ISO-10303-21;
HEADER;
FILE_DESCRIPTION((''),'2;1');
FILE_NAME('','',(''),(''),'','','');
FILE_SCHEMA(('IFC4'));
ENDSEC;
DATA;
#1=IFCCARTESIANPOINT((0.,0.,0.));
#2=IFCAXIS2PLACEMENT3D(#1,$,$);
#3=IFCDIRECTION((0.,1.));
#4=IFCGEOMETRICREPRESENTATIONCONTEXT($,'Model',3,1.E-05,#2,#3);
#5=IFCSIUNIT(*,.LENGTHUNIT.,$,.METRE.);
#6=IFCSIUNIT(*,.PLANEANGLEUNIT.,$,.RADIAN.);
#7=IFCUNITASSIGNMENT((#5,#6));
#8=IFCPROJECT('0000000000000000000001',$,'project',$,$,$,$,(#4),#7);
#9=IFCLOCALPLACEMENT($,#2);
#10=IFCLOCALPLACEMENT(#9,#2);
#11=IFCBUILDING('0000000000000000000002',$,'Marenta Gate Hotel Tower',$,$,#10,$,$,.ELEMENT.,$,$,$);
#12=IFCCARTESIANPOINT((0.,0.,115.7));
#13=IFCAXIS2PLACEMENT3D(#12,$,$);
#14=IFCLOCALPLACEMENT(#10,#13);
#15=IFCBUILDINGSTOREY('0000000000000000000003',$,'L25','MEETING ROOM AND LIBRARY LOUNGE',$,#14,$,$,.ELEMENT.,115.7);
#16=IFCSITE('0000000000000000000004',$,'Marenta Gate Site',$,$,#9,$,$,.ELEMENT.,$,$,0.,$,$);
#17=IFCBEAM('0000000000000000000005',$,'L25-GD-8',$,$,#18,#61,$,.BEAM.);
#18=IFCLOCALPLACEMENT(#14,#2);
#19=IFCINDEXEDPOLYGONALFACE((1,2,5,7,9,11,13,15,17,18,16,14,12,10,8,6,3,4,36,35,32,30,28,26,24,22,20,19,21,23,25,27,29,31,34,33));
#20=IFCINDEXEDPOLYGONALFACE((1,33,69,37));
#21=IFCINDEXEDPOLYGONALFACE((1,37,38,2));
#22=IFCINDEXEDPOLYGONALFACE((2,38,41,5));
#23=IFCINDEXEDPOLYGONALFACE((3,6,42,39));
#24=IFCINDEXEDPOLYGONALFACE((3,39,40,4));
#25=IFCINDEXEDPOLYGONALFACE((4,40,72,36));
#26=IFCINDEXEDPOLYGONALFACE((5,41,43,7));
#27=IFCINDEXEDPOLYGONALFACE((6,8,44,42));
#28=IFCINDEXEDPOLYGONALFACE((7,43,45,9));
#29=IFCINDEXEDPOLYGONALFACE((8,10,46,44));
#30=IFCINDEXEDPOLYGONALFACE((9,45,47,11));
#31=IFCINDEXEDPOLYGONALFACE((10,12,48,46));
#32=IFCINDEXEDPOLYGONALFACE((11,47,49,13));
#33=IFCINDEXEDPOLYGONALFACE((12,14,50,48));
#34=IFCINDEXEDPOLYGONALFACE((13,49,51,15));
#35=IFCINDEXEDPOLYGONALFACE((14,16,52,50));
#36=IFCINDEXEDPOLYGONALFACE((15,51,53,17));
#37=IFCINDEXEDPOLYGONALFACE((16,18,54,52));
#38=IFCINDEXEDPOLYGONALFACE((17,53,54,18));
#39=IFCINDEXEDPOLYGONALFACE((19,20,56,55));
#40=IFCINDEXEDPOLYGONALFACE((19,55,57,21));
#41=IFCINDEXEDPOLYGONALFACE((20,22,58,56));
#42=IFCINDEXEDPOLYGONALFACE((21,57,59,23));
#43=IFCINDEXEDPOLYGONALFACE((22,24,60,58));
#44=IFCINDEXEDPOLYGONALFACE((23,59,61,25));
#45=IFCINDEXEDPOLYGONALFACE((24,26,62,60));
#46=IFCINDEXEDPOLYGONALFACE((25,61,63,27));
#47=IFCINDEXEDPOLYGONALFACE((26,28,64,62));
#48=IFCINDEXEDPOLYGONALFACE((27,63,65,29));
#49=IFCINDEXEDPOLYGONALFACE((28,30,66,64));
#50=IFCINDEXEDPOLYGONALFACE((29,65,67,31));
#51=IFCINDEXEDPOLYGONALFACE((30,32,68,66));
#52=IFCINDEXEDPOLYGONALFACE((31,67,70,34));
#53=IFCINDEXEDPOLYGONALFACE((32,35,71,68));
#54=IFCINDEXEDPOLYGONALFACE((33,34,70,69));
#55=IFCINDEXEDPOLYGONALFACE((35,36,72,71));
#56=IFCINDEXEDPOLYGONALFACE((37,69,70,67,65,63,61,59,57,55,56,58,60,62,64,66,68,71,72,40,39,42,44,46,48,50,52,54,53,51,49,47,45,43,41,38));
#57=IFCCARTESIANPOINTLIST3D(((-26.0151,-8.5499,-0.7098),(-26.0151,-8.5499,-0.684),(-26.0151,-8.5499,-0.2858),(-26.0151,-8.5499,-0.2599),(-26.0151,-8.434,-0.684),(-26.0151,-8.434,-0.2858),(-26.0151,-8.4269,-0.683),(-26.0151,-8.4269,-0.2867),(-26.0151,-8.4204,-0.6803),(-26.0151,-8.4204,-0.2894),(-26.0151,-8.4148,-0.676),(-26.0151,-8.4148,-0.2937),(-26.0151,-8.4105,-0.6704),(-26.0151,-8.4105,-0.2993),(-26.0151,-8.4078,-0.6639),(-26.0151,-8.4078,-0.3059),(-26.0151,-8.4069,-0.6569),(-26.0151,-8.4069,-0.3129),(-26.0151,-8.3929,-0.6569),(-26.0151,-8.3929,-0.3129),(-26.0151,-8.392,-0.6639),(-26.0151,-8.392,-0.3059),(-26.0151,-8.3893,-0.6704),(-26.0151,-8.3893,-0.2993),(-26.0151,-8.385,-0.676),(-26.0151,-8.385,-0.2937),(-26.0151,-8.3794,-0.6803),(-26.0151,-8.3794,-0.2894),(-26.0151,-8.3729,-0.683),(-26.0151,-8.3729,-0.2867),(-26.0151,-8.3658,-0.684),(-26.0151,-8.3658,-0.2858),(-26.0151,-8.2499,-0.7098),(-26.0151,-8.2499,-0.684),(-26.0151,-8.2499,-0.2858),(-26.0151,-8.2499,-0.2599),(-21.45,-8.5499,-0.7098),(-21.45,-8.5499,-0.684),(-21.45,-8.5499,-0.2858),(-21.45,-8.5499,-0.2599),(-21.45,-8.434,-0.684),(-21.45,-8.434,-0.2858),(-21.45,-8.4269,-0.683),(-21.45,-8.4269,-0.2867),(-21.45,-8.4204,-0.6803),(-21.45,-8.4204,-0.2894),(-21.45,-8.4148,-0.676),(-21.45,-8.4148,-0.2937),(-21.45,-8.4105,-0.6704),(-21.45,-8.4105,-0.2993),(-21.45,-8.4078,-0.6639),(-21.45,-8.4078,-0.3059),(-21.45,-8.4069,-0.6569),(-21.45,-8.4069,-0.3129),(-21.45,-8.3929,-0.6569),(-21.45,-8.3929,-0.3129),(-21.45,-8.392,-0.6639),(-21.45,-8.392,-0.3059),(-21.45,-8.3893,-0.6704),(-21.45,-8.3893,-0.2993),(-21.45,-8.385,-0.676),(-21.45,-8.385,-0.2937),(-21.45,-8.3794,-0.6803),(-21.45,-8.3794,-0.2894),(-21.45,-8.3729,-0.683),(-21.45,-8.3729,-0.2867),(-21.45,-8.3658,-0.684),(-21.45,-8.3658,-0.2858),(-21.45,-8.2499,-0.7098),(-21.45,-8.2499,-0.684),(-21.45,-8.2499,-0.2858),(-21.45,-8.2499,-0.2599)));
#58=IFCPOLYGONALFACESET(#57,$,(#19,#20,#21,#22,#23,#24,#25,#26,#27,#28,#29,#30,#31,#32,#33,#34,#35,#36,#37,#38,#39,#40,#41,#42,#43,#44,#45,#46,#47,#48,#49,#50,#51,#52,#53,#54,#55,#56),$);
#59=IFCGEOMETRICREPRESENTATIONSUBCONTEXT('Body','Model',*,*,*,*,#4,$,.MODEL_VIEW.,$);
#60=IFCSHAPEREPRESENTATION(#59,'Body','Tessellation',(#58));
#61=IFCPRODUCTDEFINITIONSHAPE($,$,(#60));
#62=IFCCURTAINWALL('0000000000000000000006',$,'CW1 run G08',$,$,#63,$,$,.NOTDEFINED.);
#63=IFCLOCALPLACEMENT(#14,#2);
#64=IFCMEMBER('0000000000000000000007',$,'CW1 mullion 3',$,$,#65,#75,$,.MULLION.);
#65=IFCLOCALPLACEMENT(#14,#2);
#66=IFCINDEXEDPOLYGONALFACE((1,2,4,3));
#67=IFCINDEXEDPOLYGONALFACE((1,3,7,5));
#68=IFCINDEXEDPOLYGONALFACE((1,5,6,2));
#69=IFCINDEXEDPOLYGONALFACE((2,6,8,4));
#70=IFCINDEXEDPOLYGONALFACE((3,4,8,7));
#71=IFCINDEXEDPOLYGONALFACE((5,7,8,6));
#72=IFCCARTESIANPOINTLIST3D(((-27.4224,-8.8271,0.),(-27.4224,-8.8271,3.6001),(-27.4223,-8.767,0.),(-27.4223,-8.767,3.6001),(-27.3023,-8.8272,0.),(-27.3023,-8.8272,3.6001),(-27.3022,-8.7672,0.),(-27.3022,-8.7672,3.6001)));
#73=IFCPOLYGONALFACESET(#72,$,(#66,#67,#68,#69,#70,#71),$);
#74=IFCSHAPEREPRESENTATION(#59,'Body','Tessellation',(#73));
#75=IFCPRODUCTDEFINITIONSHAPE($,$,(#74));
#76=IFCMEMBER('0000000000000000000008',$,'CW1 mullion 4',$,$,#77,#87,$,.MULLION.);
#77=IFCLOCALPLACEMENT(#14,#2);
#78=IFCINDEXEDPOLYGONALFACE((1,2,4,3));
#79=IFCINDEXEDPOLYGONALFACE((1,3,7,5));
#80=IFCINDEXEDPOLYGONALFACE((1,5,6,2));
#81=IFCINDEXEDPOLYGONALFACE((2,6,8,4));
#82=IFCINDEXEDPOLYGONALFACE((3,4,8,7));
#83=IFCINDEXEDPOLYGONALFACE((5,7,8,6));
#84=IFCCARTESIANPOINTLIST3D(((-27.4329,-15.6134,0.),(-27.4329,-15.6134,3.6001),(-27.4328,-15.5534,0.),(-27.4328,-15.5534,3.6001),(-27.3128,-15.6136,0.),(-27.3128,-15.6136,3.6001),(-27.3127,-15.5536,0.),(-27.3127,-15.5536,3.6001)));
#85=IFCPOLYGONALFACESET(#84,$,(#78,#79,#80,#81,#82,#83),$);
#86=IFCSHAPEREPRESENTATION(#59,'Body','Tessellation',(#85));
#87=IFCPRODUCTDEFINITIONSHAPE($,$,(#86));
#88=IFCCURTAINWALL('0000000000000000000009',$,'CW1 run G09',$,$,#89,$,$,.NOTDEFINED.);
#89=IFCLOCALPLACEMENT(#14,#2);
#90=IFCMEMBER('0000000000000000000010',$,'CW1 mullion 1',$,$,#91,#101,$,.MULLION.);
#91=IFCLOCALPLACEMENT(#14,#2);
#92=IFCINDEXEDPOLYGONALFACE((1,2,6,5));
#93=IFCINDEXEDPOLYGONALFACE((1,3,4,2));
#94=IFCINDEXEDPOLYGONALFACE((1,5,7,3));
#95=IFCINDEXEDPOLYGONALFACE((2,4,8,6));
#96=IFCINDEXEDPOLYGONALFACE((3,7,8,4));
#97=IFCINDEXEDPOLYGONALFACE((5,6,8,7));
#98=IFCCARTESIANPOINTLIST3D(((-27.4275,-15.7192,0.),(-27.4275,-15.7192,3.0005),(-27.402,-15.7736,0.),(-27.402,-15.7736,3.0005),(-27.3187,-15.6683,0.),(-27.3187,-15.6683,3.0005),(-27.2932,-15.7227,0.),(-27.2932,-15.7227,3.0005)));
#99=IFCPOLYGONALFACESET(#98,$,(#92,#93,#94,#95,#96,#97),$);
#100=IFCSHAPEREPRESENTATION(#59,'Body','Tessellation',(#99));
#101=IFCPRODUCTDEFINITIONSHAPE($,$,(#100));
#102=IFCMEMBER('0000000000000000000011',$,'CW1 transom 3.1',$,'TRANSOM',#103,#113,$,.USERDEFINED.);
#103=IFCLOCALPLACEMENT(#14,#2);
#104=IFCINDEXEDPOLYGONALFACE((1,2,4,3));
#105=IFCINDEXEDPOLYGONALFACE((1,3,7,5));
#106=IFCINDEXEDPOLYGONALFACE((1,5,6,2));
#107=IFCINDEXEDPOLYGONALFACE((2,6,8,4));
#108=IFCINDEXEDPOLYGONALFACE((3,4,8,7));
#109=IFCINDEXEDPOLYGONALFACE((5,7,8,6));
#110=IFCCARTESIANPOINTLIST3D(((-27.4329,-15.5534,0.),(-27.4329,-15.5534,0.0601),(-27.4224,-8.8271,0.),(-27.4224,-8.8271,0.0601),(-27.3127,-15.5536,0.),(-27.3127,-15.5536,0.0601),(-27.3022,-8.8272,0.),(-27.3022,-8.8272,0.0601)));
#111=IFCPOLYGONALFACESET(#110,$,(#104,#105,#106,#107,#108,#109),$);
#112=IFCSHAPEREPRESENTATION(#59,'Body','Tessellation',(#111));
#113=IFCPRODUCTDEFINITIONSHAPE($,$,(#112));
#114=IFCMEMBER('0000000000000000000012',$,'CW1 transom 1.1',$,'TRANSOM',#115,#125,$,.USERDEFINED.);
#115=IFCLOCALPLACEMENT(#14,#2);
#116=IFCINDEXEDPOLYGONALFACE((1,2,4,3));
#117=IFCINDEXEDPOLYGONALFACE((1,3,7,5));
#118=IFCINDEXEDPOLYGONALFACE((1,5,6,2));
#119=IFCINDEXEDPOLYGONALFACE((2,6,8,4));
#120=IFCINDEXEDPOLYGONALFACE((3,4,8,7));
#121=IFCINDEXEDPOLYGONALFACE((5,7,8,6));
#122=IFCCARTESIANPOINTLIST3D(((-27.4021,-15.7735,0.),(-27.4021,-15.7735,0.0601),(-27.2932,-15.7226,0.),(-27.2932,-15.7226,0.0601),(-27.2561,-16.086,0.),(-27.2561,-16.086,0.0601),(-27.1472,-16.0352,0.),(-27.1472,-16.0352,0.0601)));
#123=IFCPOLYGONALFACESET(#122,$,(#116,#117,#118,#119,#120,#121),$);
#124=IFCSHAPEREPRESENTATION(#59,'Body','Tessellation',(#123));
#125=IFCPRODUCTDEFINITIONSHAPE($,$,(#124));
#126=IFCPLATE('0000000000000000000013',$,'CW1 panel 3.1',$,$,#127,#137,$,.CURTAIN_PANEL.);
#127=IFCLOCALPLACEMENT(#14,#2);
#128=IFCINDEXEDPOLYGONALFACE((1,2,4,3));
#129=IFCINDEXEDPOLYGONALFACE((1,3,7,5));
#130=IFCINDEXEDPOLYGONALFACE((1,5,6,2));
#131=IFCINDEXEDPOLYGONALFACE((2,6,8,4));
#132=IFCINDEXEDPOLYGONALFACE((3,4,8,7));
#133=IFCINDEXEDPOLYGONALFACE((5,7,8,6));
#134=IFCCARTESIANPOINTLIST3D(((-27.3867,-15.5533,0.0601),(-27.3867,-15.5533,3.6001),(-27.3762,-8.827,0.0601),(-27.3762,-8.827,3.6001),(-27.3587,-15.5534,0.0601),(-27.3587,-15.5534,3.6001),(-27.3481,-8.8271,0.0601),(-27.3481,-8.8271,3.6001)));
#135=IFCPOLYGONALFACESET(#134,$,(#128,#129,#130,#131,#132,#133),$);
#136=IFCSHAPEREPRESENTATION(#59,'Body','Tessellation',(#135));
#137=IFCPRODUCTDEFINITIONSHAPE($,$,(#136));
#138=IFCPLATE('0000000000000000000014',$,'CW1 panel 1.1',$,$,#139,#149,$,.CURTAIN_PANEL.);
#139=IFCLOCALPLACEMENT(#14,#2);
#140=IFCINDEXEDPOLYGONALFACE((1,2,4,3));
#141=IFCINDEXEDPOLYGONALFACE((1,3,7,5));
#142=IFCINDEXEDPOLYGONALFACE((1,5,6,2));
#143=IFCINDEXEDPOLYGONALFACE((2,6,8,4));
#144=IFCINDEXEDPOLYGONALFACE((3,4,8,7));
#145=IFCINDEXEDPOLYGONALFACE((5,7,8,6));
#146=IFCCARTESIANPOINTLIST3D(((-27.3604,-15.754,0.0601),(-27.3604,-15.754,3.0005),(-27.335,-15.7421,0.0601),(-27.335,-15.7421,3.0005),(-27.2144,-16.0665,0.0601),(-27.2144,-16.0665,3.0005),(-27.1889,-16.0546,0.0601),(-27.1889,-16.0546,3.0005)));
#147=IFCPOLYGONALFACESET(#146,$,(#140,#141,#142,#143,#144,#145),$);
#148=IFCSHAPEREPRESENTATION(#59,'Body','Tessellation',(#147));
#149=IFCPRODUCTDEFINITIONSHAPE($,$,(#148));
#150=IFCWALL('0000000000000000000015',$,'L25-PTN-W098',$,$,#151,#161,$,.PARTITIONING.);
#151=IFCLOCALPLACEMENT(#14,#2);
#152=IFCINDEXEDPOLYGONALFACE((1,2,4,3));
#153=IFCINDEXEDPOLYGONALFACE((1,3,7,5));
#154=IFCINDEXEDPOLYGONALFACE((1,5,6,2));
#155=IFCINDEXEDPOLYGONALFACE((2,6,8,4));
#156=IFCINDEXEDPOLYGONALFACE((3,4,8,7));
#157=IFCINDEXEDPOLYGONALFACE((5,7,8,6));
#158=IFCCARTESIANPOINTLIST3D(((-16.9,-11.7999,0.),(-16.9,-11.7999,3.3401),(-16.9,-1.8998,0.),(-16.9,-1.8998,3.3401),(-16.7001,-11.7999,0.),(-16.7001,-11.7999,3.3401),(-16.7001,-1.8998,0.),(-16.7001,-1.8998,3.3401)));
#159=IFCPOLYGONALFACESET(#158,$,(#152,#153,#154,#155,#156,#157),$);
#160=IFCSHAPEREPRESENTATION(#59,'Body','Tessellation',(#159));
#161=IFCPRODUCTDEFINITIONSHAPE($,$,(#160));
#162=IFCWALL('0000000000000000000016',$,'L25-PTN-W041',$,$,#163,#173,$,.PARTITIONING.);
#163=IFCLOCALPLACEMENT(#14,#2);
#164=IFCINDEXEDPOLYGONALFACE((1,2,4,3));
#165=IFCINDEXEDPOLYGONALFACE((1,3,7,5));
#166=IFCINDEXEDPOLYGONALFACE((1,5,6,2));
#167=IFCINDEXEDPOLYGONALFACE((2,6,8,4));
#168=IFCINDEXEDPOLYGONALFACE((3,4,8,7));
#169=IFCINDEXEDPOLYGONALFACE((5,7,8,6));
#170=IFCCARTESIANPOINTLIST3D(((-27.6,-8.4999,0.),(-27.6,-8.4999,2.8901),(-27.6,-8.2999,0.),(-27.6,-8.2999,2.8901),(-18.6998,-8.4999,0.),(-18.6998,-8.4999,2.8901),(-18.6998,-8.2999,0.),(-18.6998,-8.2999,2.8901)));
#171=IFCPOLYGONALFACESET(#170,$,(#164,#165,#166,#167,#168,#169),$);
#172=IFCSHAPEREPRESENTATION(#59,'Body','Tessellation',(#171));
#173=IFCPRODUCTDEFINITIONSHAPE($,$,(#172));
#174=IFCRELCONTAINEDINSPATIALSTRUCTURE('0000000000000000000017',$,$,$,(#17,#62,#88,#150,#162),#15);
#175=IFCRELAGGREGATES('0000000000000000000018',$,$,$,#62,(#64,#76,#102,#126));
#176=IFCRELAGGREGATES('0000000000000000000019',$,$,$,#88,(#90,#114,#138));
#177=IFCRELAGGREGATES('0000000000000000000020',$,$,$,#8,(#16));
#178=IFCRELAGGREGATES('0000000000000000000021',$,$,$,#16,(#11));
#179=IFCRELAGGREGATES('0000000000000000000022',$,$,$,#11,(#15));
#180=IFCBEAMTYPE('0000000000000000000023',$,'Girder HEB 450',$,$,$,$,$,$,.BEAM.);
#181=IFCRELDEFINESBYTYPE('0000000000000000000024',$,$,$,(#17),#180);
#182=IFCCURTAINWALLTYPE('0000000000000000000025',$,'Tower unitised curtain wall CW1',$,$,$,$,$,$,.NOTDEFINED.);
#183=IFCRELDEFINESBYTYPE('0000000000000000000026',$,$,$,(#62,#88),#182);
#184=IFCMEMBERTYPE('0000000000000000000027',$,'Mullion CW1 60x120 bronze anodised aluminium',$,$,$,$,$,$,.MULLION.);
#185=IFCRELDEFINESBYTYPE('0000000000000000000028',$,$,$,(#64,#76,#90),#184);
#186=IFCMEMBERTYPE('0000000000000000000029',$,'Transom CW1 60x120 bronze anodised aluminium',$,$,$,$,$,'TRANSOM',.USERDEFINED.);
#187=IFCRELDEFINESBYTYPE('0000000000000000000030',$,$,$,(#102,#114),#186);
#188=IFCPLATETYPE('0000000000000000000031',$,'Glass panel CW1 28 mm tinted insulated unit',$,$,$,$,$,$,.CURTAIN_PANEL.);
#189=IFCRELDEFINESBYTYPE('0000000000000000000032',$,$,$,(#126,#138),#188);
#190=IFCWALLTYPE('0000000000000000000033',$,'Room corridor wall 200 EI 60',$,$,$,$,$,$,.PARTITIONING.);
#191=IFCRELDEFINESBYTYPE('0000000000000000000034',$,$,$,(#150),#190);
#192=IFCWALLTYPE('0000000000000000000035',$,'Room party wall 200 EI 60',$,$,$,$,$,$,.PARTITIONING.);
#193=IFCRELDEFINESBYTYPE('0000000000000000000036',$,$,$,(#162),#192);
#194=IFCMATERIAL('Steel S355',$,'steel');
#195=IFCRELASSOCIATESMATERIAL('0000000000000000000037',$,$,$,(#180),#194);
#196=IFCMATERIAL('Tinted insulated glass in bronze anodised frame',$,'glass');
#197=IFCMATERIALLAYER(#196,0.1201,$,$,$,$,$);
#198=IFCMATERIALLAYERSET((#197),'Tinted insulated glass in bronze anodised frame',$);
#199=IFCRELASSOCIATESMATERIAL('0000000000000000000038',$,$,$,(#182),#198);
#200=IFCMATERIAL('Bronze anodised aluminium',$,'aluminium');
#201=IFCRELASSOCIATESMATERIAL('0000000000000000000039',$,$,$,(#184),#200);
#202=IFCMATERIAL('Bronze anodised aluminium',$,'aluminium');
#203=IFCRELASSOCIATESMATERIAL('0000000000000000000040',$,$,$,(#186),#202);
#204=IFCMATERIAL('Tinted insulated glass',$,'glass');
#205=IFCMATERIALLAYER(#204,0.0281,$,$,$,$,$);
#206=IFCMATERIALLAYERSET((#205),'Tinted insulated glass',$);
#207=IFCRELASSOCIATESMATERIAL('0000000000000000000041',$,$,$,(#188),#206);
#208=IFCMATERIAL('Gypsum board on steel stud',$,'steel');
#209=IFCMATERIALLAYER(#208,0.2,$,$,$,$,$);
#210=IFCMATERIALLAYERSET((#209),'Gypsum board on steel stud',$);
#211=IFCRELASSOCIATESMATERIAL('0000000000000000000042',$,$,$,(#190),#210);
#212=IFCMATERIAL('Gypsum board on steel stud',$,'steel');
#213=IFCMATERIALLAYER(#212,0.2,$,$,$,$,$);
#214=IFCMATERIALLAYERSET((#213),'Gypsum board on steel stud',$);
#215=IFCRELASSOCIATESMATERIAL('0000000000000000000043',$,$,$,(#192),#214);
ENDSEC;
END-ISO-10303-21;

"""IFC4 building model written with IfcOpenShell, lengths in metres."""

from ifc_helpers import new_model, si_unit, direction, frame, frame_2d, origin, origin_2d, place, context, subcontext, project, spatial, rectangle, i_section, extrude, material, layer, layer_set, material_profile, profile_set, type_object, element, aggregate, save


model = new_model("IFC4")

# Units and contexts
model_context = context("Model", 3, precision=1e-05, world=origin(), true_north=direction((0.0, 1.0)))
body_context = subcontext(model_context, "Body", "Model", "MODEL_VIEW")
ifc_project = project(units=[si_unit("LENGTHUNIT", "METRE"), si_unit("PLANEANGLEUNIT", "RADIAN")], contexts=[model_context])

# Site, building, storey
site_placement = place(None, origin())
site = spatial("IfcSite", under=ifc_project, at=site_placement, Name="Marenta Gate Site", CompositionType="ELEMENT", RefElevation=0.0)
building_placement = place(site_placement, origin())
building = spatial("IfcBuilding", under=site, at=building_placement, Name="Marenta Gate Hotel Tower", CompositionType="ELEMENT")
storey_placement = place(building_placement, frame((0.0, 0.0, 115.7)))
storey = spatial("IfcBuildingStorey", under=building, at=storey_placement, Name="L25", Description="MEETING ROOM AND LIBRARY LOUNGE", CompositionType="ELEMENT", Elevation=115.7)

# Beam
ifc_material_1 = material(Name="Steel S355", Category="steel")
ifc_material_profile_1 = material_profile(ifc_material_1, i_section(OverallWidth=0.3, OverallDepth=0.45, WebThickness=0.0139, FlangeThickness=0.0259, FilletRadius=0.0271, at=origin_2d()), Name="HEB 450")
ifc_profile_set_1 = profile_set([ifc_material_profile_1], Name="Steel S355")
beam_type_1 = type_object("IfcBeamType", Name="Girder HEB 450", PredefinedType="BEAM", material=ifc_profile_set_1)
beam_1_placement = place(storey_placement, frame((-26.0151, -8.3999, -0.4849), z_axis=(1.0, 0.0, 0.0), x_axis=(0.0, 1.0, 0.0)))
element("IfcBeam", 1, at=beam_1_placement, inside=storey, type_object=beam_type_1, Name="L25-GD-8", PredefinedType="BEAM", context=body_context, shape_type="SweptSolid", body=[
    extrude(i_section(OverallWidth=0.3, OverallDepth=0.45, WebThickness=0.0139, FlangeThickness=0.0259, FilletRadius=0.0271, at=origin_2d()), origin(), (0.0, 0.0, 1.0), 4.5652),
])

# Curtain wall, members
ifc_material_2 = material(Name="Tinted insulated glass in bronze anodised frame", Category="glass")
ifc_layer_1 = layer(ifc_material_2, 0.1201)
ifc_layer_set_1 = layer_set([ifc_layer_1], Name="Tinted insulated glass in bronze anodised frame")
curtain_wall_type = type_object("IfcCurtainWallType", Name="Tower unitised curtain wall CW1", PredefinedType="NOTDEFINED", material=ifc_layer_set_1)
curtain_wall_1_placement = place(storey_placement, origin())
curtain_wall_1 = element("IfcCurtainWall", 2, at=curtain_wall_1_placement, inside=storey, type_object=curtain_wall_type, Name="CW1 run G08", PredefinedType="NOTDEFINED")
ifc_material_3 = material(Name="Bronze anodised aluminium", Category="aluminium")
ifc_material_profile_2 = material_profile(ifc_material_3, rectangle(XDim=0.1201, YDim=0.0601, at=origin_2d()), Name="Mullion CW1 60x120 bronze anodised aluminium")
ifc_profile_set_2 = profile_set([ifc_material_profile_2], Name="Bronze anodised aluminium")
member_type_1 = type_object("IfcMemberType", Name="Mullion CW1 60x120 bronze anodised aluminium", PredefinedType="MULLION", material=ifc_profile_set_2)
member_1_placement = place(storey_placement, frame((-27.3623, -8.7971, 0.0), z_axis=(0.0, 0.0, 1.0), x_axis=(0.999999, -0.001565, 0.0)))
member_1 = element("IfcMember", 3, at=member_1_placement, type_object=member_type_1, Name="CW1 mullion 3", PredefinedType="MULLION", context=body_context, shape_type="SweptSolid", body=[
    extrude(rectangle(XDim=0.1201, YDim=0.0601, at=origin_2d()), origin(), (0.0, 0.0, 1.0), 3.6001),
])
member_2_placement = place(storey_placement, frame((-27.3728, -15.5835, 0.0), z_axis=(0.0, 0.0, 1.0), x_axis=(0.999999, -0.001565, 0.0)))
member_2 = element("IfcMember", 4, at=member_2_placement, type_object=member_type_1, Name="CW1 mullion 4", PredefinedType="MULLION", context=body_context, shape_type="SweptSolid", body=[
    extrude(rectangle(XDim=0.1201, YDim=0.0601, at=origin_2d()), origin(), (0.0, 0.0, 1.0), 3.6001),
])

# Curtain wall, member
curtain_wall_2_placement = place(storey_placement, origin())
curtain_wall_2 = element("IfcCurtainWall", 5, at=curtain_wall_2_placement, inside=storey, type_object=curtain_wall_type, Name="CW1 run G09", PredefinedType="NOTDEFINED")
member_3_placement = place(storey_placement, frame((-27.3604, -15.7209, 0.0), z_axis=(0.0, 0.0, 1.0), x_axis=(0.905968, 0.423345, 0.0)))
member_3 = element("IfcMember", 6, at=member_3_placement, type_object=member_type_1, Name="CW1 mullion 1", PredefinedType="MULLION", context=body_context, shape_type="SweptSolid", body=[
    extrude(rectangle(XDim=0.1201, YDim=0.0601, at=origin_2d()), origin(), (0.0, 0.0, 1.0), 3.0005),
])

# Members
ifc_material_4 = material(Name="Bronze anodised aluminium", Category="aluminium")
ifc_material_profile_3 = material_profile(ifc_material_4, rectangle(XDim=0.1201, YDim=0.0601, at=origin_2d()), Name="Transom CW1 60x120 bronze anodised aluminium")
ifc_profile_set_3 = profile_set([ifc_material_profile_3], Name="Bronze anodised aluminium")
member_type_2 = type_object("IfcMemberType", Name="Transom CW1 60x120 bronze anodised aluminium", ElementType="TRANSOM", PredefinedType="USERDEFINED", material=ifc_profile_set_3)
member_4_placement = place(storey_placement, frame((-27.3623, -8.8271, 0.03), z_axis=(-0.001561, -0.999999, 0.0), x_axis=(0.999999, -0.001561, 0.0)))
member_4 = element("IfcMember", 7, at=member_4_placement, type_object=member_type_2, Name="CW1 transom 3.1", ObjectType="TRANSOM", PredefinedType="USERDEFINED", context=body_context, shape_type="SweptSolid", body=[
    extrude(rectangle(XDim=0.1201, YDim=0.0601, at=origin_2d()), origin(), (0.0, 0.0, 1.0), 6.7263),
])
member_5_placement = place(storey_placement, frame((-27.3477, -15.748, 0.03), z_axis=(0.423273, -0.906002, 0.0), x_axis=(0.906002, 0.423273, 0.0)))
member_5 = element("IfcMember", 8, at=member_5_placement, type_object=member_type_2, Name="CW1 transom 1.1", ObjectType="TRANSOM", PredefinedType="USERDEFINED", context=body_context, shape_type="SweptSolid", body=[
    extrude(rectangle(XDim=0.1201, YDim=0.0601, at=origin_2d()), origin(), (0.0, 0.0, 1.0), 0.345),
])

# Plates
ifc_material_5 = material(Name="Tinted insulated glass", Category="glass")
ifc_layer_2 = layer(ifc_material_5, 0.0281)
ifc_layer_set_2 = layer_set([ifc_layer_2], Name="Tinted insulated glass")
plate_type = type_object("IfcPlateType", Name="Glass panel CW1 28 mm tinted insulated unit", PredefinedType="CURTAIN_PANEL", material=ifc_layer_set_2)
plate_1_placement = place(storey_placement, frame((-27.3674, -12.1902, 0.0601), z_axis=(0.0, 0.0, 1.0), x_axis=(-0.001565, -0.999999, 0.0)))
plate_1 = element("IfcPlate", 9, at=plate_1_placement, type_object=plate_type, Name="CW1 panel 3.1", PredefinedType="CURTAIN_PANEL", context=body_context, shape_type="SweptSolid", body=[
    extrude(rectangle(XDim=6.7263, YDim=0.0281, at=origin_2d()), origin(), (0.0, 0.0, 1.0), 3.54),
])
aggregate(curtain_wall_1, [member_1, member_2, member_4, plate_1])
plate_2_placement = place(storey_placement, frame((-27.2747, -15.9043, 0.0601), z_axis=(0.0, 0.0, 1.0), x_axis=(0.423345, -0.905968, 0.0)))
plate_2 = element("IfcPlate", 10, at=plate_2_placement, type_object=plate_type, Name="CW1 panel 1.1", PredefinedType="CURTAIN_PANEL", context=body_context, shape_type="SweptSolid", body=[
    extrude(rectangle(XDim=0.345, YDim=0.0281, at=origin_2d()), origin(), (0.0, 0.0, 1.0), 2.9404),
])
aggregate(curtain_wall_2, [member_3, member_5, plate_2])

# Shared definitions
ifc_material_6 = material(Name="Gypsum board on steel stud", Category="steel")
ifc_layer_3 = layer(ifc_material_6, 0.2)
ifc_layer_set_3 = layer_set([ifc_layer_3], Name="Gypsum board on steel stud")
wall_type_1 = type_object("IfcWallType", Name="Room corridor wall 200 EI 60", PredefinedType="PARTITIONING", material=ifc_layer_set_3)

# Walls
wall_1_placement = place(storey_placement, frame((-16.8, -11.8, 0.0), z_axis=(0.0, 0.0, 1.0), x_axis=(0.0, 1.0, 0.0)))
element("IfcWall", 11, at=wall_1_placement, inside=storey, type_object=wall_type_1, Name="L25-PTN-W098", PredefinedType="PARTITIONING", context=body_context, shape_type="SweptSolid", body=[
    extrude(rectangle(XDim=9.9001, YDim=0.2, at=frame_2d((4.9502, 0.0))), origin(), (0.0, 0.0, 1.0), 3.3401),
])
ifc_material_7 = material(Name="Gypsum board on steel stud", Category="steel")
ifc_layer_4 = layer(ifc_material_7, 0.2)
ifc_layer_set_4 = layer_set([ifc_layer_4], Name="Gypsum board on steel stud")
wall_type_2 = type_object("IfcWallType", Name="Room party wall 200 EI 60", PredefinedType="PARTITIONING", material=ifc_layer_set_4)
wall_2_placement = place(storey_placement, frame((-27.6001, -8.3999, 0.0), z_axis=(0.0, 0.0, 1.0), x_axis=(1.0, 0.0, 0.0)))
element("IfcWall", 12, at=wall_2_placement, inside=storey, type_object=wall_type_2, Name="L25-PTN-W041", PredefinedType="PARTITIONING", context=body_context, shape_type="SweptSolid", body=[
    extrude(rectangle(XDim=8.9001, YDim=0.2, at=frame_2d((4.4502, 0.0))), origin(), (0.0, 0.0, 1.0), 2.8901),
])

save(model, "model.ifc")
